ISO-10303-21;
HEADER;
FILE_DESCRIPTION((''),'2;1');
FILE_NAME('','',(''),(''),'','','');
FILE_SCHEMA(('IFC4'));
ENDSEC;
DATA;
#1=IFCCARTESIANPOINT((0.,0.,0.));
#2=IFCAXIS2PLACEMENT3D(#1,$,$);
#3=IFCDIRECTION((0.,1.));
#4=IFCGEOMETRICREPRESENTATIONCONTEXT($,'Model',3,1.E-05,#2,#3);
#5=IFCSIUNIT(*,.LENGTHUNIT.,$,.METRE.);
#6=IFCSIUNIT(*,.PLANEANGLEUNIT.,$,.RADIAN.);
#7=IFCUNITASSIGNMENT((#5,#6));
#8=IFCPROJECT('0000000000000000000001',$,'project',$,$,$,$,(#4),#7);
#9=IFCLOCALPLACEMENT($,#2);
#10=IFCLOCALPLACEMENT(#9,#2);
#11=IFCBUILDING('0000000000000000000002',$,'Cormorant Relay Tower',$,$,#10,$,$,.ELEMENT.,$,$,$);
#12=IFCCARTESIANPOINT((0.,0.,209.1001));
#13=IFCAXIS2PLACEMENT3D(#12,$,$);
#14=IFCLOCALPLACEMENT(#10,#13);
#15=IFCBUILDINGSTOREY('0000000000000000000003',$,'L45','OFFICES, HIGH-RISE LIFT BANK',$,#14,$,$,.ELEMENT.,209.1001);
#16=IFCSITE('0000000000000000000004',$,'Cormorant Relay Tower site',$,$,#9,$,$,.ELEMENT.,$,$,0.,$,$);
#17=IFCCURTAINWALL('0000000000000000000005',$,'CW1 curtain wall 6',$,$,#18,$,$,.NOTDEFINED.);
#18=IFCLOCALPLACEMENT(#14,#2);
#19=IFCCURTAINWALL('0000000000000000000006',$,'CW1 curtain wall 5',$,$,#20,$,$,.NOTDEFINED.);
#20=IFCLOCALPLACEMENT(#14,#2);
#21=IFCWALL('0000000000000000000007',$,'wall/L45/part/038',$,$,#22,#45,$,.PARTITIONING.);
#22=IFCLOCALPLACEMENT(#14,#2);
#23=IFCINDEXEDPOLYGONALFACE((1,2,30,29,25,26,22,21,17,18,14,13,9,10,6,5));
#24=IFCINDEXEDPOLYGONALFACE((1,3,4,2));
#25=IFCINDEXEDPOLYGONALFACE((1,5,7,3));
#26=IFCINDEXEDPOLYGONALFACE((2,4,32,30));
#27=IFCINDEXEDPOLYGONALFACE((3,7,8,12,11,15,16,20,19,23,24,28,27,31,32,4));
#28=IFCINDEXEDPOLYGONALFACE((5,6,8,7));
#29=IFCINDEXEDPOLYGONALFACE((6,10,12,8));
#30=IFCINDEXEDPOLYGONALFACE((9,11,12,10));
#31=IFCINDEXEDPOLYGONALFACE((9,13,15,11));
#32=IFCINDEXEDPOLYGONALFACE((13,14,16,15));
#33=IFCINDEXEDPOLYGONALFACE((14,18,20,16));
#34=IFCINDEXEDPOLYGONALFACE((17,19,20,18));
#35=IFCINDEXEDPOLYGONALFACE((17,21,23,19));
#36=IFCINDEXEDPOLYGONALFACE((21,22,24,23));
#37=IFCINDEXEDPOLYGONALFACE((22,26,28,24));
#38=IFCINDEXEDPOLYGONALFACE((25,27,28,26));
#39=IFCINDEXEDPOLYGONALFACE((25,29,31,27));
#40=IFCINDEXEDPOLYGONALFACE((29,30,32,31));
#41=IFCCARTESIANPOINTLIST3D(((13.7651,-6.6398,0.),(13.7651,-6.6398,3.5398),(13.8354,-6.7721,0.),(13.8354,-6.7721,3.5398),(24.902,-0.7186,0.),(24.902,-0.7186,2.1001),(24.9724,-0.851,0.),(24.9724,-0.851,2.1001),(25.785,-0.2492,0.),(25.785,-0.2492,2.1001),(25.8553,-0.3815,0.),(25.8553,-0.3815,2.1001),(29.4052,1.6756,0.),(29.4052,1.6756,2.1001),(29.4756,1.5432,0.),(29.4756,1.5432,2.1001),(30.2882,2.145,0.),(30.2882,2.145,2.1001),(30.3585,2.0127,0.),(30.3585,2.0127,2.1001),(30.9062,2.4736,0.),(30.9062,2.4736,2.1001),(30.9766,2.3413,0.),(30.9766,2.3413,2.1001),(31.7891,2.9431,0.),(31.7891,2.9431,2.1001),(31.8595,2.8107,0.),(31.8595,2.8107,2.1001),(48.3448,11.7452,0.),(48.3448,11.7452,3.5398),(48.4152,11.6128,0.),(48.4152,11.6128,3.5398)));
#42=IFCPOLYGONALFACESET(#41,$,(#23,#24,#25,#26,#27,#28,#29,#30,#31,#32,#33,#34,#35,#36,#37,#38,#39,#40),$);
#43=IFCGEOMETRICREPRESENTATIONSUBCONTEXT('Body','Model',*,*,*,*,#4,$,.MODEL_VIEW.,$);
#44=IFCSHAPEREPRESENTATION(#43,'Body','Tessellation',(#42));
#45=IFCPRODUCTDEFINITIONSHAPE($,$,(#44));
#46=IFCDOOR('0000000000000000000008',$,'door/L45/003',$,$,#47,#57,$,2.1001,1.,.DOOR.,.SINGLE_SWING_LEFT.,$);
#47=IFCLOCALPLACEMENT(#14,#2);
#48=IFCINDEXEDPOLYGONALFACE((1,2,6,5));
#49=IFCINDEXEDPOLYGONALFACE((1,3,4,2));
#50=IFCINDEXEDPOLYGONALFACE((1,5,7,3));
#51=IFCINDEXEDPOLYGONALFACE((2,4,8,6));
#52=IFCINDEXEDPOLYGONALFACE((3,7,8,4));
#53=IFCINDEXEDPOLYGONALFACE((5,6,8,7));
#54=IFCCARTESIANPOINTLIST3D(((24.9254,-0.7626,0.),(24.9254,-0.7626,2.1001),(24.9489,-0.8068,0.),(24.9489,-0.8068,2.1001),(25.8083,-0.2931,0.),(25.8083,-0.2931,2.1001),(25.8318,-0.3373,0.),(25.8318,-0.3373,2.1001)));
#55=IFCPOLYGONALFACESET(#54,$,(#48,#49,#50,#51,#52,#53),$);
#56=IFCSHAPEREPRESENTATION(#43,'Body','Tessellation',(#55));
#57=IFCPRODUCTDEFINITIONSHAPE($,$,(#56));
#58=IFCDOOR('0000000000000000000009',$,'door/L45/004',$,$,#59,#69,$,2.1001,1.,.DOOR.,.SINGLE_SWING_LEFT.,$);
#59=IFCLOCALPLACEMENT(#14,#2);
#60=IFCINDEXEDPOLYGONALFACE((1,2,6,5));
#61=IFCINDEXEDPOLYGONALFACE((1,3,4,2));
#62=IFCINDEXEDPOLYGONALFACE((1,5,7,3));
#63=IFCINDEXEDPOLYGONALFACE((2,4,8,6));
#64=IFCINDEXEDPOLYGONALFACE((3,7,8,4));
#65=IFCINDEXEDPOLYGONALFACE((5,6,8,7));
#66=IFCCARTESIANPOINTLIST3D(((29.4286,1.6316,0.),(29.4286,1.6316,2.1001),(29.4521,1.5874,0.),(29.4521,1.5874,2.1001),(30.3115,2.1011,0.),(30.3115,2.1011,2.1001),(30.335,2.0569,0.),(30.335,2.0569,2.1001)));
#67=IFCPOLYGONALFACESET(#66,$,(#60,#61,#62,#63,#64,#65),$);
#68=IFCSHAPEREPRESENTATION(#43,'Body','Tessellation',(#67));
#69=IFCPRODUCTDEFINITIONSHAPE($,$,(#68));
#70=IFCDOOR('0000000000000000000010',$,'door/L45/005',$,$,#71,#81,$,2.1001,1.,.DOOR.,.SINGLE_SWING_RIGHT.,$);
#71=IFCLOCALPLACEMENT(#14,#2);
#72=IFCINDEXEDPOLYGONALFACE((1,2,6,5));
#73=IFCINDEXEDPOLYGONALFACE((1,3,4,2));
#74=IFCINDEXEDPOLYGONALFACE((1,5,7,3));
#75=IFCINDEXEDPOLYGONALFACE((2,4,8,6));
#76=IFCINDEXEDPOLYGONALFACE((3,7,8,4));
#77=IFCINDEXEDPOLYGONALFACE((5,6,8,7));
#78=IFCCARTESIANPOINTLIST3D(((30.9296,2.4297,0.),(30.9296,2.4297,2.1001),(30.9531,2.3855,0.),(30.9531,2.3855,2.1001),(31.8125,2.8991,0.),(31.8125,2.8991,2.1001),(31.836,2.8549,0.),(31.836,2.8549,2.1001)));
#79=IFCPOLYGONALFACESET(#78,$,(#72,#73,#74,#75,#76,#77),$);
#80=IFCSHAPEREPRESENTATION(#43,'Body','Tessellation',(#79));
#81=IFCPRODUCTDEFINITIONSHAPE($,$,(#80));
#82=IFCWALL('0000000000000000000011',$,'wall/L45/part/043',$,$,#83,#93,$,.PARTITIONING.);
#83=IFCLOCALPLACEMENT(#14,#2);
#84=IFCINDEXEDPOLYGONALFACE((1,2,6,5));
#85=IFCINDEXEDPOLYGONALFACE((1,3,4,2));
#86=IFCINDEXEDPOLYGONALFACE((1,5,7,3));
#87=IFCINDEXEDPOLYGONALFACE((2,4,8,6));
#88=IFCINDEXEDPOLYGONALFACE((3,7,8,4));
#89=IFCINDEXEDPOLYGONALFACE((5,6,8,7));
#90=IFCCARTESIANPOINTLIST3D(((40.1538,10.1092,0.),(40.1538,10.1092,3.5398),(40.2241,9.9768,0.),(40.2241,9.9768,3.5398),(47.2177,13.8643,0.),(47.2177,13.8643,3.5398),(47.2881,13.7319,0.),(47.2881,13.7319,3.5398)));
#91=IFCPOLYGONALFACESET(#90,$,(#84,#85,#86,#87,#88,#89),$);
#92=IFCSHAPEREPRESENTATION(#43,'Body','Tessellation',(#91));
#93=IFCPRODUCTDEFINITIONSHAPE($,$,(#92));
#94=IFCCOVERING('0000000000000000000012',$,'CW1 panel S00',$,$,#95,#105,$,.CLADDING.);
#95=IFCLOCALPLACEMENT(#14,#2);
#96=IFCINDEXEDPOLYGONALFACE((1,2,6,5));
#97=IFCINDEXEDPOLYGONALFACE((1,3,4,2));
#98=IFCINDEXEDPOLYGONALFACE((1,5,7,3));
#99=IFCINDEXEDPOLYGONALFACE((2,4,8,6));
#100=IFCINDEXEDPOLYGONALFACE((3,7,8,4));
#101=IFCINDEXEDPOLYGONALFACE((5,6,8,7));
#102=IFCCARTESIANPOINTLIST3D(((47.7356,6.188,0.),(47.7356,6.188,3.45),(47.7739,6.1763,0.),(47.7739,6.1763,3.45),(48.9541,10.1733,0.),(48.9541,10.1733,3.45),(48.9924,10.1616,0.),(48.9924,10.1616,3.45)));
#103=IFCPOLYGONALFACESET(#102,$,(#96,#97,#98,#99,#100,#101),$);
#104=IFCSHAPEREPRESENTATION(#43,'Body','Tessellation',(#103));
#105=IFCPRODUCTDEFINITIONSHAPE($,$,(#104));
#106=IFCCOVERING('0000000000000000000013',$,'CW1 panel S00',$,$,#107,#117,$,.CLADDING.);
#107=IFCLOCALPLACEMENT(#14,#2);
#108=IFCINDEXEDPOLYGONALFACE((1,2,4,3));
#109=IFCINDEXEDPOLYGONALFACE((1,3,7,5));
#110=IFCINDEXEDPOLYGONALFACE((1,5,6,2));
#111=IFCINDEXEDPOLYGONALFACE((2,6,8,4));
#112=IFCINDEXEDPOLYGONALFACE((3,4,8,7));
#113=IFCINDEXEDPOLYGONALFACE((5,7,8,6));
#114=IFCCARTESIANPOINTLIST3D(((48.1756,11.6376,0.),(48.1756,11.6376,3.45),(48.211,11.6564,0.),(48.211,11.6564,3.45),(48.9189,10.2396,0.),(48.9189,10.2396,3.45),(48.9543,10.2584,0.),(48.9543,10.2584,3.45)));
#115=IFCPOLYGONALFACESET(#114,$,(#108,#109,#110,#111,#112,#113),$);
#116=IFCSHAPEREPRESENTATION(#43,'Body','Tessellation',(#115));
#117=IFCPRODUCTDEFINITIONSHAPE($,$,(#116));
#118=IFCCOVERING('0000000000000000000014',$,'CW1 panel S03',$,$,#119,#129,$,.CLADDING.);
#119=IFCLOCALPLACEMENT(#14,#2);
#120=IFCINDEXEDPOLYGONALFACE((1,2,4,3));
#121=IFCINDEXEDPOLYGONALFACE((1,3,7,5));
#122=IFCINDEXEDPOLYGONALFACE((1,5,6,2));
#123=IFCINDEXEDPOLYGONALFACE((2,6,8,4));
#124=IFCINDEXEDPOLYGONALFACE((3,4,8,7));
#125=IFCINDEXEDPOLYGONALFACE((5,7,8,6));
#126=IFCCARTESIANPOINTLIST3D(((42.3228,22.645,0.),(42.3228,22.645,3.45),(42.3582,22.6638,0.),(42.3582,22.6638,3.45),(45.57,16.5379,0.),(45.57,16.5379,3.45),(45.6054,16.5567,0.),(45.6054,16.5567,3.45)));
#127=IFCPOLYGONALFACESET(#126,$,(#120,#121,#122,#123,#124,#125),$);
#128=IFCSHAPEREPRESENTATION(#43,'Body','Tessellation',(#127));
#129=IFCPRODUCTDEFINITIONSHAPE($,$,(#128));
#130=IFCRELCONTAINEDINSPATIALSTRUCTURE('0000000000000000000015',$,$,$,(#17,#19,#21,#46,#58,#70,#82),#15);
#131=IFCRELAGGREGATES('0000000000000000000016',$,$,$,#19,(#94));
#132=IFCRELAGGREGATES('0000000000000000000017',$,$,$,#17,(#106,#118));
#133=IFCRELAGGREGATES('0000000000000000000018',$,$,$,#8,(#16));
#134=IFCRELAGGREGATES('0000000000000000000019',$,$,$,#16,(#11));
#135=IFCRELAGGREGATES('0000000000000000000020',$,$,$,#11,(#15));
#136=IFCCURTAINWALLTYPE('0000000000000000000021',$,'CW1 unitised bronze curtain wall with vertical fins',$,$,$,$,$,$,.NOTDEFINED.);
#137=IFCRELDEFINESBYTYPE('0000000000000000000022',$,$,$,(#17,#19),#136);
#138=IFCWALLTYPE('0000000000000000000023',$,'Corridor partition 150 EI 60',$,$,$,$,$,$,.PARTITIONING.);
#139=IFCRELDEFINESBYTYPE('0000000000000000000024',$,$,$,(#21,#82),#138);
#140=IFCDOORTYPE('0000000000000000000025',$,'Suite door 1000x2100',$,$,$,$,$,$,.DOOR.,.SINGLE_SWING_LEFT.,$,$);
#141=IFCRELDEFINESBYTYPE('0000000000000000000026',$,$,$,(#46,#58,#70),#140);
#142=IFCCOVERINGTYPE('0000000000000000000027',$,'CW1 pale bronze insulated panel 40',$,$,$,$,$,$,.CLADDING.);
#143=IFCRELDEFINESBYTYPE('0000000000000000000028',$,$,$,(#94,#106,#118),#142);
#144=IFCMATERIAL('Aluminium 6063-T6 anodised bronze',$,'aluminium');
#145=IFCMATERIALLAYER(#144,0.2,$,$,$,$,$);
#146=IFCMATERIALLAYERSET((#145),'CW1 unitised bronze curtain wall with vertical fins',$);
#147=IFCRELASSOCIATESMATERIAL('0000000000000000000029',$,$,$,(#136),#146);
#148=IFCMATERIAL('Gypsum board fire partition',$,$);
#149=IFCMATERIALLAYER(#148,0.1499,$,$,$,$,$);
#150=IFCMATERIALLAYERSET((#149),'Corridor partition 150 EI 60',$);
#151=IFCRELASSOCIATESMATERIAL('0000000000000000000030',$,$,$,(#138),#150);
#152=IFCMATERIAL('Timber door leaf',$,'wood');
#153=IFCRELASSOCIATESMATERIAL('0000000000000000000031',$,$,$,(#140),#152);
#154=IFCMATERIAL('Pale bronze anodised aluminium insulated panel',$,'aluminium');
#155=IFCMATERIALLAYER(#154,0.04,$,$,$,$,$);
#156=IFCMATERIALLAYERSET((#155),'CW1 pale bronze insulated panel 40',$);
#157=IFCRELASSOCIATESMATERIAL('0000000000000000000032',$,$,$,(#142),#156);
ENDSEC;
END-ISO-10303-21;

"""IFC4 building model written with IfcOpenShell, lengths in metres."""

from ifc_helpers import new_model, si_unit, direction, frame, frame_2d, origin, origin_2d, place, context, subcontext, project, spatial, rectangle, extrude, material, layer, layer_set, type_object, element, fill, aggregate, save


model = new_model("IFC4")

# Units and contexts
model_context = context("Model", 3, precision=1e-05, world=origin(), true_north=direction((0.0, 1.0)))
body_context = subcontext(model_context, "Body", "Model", "MODEL_VIEW")
ifc_project = project(units=[si_unit("LENGTHUNIT", "METRE"), si_unit("PLANEANGLEUNIT", "RADIAN")], contexts=[model_context])

# Site, building, storey
site_placement = place(None, origin())
site = spatial("IfcSite", under=ifc_project, at=site_placement, Name="Cormorant Relay Tower site", CompositionType="ELEMENT", RefElevation=0.0)
building_placement = place(site_placement, origin())
building = spatial("IfcBuilding", under=site, at=building_placement, Name="Cormorant Relay Tower", CompositionType="ELEMENT")
storey_placement = place(building_placement, frame((0.0, 0.0, 209.1001)))
storey = spatial("IfcBuildingStorey", under=building, at=storey_placement, Name="L45", Description="OFFICES, HIGH-RISE LIFT BANK", CompositionType="ELEMENT", Elevation=209.1001)

# Curtain wall
ifc_material_1 = material(Name="Aluminium 6063-T6 anodised bronze", Category="aluminium")
ifc_layer_1 = layer(ifc_material_1, 0.2)
ifc_layer_set_1 = layer_set([ifc_layer_1], Name="CW1 unitised bronze curtain wall with vertical fins")
curtain_wall_type = type_object("IfcCurtainWallType", Name="CW1 unitised bronze curtain wall with vertical fins", PredefinedType="NOTDEFINED", material=ifc_layer_set_1)
curtain_wall_1_placement = place(storey_placement, origin())
curtain_wall_1 = element("IfcCurtainWall", 1, at=curtain_wall_1_placement, inside=storey, type_object=curtain_wall_type, Name="CW1 curtain wall 6", PredefinedType="NOTDEFINED")

# Curtain wall
curtain_wall_2_placement = place(storey_placement, origin())
curtain_wall_2 = element("IfcCurtainWall", 2, at=curtain_wall_2_placement, inside=storey, type_object=curtain_wall_type, Name="CW1 curtain wall 5", PredefinedType="NOTDEFINED")

# Wall, openings, doors
ifc_material_2 = material(Name="Gypsum board fire partition")
ifc_layer_2 = layer(ifc_material_2, 0.1499)
ifc_layer_set_2 = layer_set([ifc_layer_2], Name="Corridor partition 150 EI 60")
wall_type_1 = type_object("IfcWallType", Name="Corridor partition 150 EI 60", PredefinedType="PARTITIONING", material=ifc_layer_set_2)
wall_1_placement = place(storey_placement, frame((48.3799, 11.679, 0.0), z_axis=(0.0, 0.0, 1.0), x_axis=(-0.882963, -0.469443, 0.0)))
wall_1 = element("IfcWall", 3, at=wall_1_placement, inside=storey, type_object=wall_type_1, Name="wall/L45/part/038", PredefinedType="PARTITIONING", context=body_context, shape_type="SweptSolid", body=[
    extrude(rectangle(XDim=39.1633, YDim=0.1499, at=frame_2d((19.5815, 0.0))), origin(), (0.0, 0.0, 1.0), 3.5398),
])
opening_1_placement = place(wall_1_placement, frame((25.55, 0.0, 0.0)))
opening_1 = element("IfcOpeningElement", 4, at=opening_1_placement, cuts=wall_1, PredefinedType="OPENING", context=body_context, shape_type="SweptSolid", body=[
    extrude(rectangle(XDim=1.0, YDim=2.1001, at=frame_2d((0.5, 1.05))), frame((0.0, 0.085, 0.0), z_axis=(0.0, -1.0, 0.0), x_axis=(1.0, 0.0, 0.0)), (0.0, 0.0, 1.0), 0.1699),
])
opening_2_placement = place(wall_1_placement, frame((20.45, 0.0, 0.0)))
opening_2 = element("IfcOpeningElement", 5, at=opening_2_placement, cuts=wall_1, PredefinedType="OPENING", context=body_context, shape_type="SweptSolid", body=[
    extrude(rectangle(XDim=1.0, YDim=2.1001, at=frame_2d((0.5, 1.05))), frame((0.0, 0.085, 0.0), z_axis=(0.0, -1.0, 0.0), x_axis=(1.0, 0.0, 0.0)), (0.0, 0.0, 1.0), 0.1699),
])
opening_3_placement = place(wall_1_placement, frame((18.75, 0.0, 0.0)))
opening_3 = element("IfcOpeningElement", 6, at=opening_3_placement, cuts=wall_1, PredefinedType="OPENING", context=body_context, shape_type="SweptSolid", body=[
    extrude(rectangle(XDim=1.0, YDim=2.1001, at=frame_2d((0.5, 1.05))), frame((0.0, 0.085, 0.0), z_axis=(0.0, -1.0, 0.0), x_axis=(1.0, 0.0, 0.0)), (0.0, 0.0, 1.0), 0.1699),
])
ifc_material_3 = material(Name="Timber door leaf", Category="wood")
door_type_1 = type_object("IfcDoorType", Name="Suite door 1000x2100", OperationType="SINGLE_SWING_LEFT", PredefinedType="DOOR", material=ifc_material_3)
door_1_placement = place(opening_1_placement, origin())
door_1 = element("IfcDoor", 7, at=door_1_placement, inside=storey, type_object=door_type_1, Name="door/L45/003", OperationType="SINGLE_SWING_LEFT", OverallHeight=2.1001, OverallWidth=1.0, PredefinedType="DOOR", context=body_context, shape_type="SweptSolid", body=[
    extrude(rectangle(XDim=1.0, YDim=2.1001, at=frame_2d((0.5, 1.05))), frame((0.0, 0.0249, 0.0), z_axis=(0.0, -1.0, 0.0), x_axis=(1.0, 0.0, 0.0)), (0.0, 0.0, 1.0), 0.05),
])
fill(opening_1, door_1)
door_2_placement = place(opening_2_placement, origin())
door_2 = element("IfcDoor", 8, at=door_2_placement, inside=storey, type_object=door_type_1, Name="door/L45/004", OperationType="SINGLE_SWING_LEFT", OverallHeight=2.1001, OverallWidth=1.0, PredefinedType="DOOR", context=body_context, shape_type="SweptSolid", body=[
    extrude(rectangle(XDim=1.0, YDim=2.1001, at=frame_2d((0.5, 1.05))), frame((0.0, 0.0249, 0.0), z_axis=(0.0, -1.0, 0.0), x_axis=(1.0, 0.0, 0.0)), (0.0, 0.0, 1.0), 0.05),
])
fill(opening_2, door_2)
door_3_placement = place(opening_3_placement, origin())
door_3 = element("IfcDoor", 9, at=door_3_placement, inside=storey, type_object=door_type_1, Name="door/L45/005", OperationType="SINGLE_SWING_RIGHT", OverallHeight=2.1001, OverallWidth=1.0, PredefinedType="DOOR", context=body_context, shape_type="SweptSolid", body=[
    extrude(rectangle(XDim=1.0, YDim=2.1001, at=frame_2d((0.5, 1.05))), frame((0.0, 0.0249, 0.0), z_axis=(0.0, -1.0, 0.0), x_axis=(1.0, 0.0, 0.0)), (0.0, 0.0, 1.0), 0.05),
])
fill(opening_3, door_3)

# Wall
wall_2_placement = place(storey_placement, frame((40.189, 10.043, 0.0), z_axis=(0.0, 0.0, 1.0), x_axis=(0.882992, 0.469389, 0.0)))
element("IfcWall", 10, at=wall_2_placement, inside=storey, type_object=wall_type_1, Name="wall/L45/part/043", PredefinedType="PARTITIONING", context=body_context, shape_type="SweptSolid", body=[
    extrude(rectangle(XDim=8.0, YDim=0.1499, at=frame_2d((4.0, 0.0))), origin(), (0.0, 0.0, 1.0), 3.5398),
])

# Coverings
ifc_material_4 = material(Name="Pale bronze anodised aluminium insulated panel", Category="aluminium")
ifc_layer_3 = layer(ifc_material_4, 0.04)
ifc_layer_set_3 = layer_set([ifc_layer_3], Name="CW1 pale bronze insulated panel 40")
covering_type = type_object("IfcCoveringType", Name="CW1 pale bronze insulated panel 40", PredefinedType="CLADDING", material=ifc_layer_set_3)
covering_1_placement = place(storey_placement, frame((48.364, 8.1748, 0.0), z_axis=(0.0, 0.0, 1.0), x_axis=(0.292372, 0.956305, 0.0)))
covering_1 = element("IfcCovering", 11, at=covering_1_placement, type_object=covering_type, Name="CW1 panel S00", PredefinedType="CLADDING", context=body_context, shape_type="SweptSolid", body=[
    extrude(rectangle(XDim=4.1675, YDim=0.04, at=origin_2d()), origin(), (0.0, 0.0, 1.0), 3.45),
])
aggregate(curtain_wall_2, [covering_1])
covering_2_placement = place(storey_placement, frame((48.5649, 10.948, 0.0), z_axis=(0.0, 0.0, 1.0), x_axis=(-0.469472, 0.882948, 0.0)))
covering_2 = element("IfcCovering", 12, at=covering_2_placement, type_object=covering_type, Name="CW1 panel S00", PredefinedType="CLADDING", context=body_context, shape_type="SweptSolid", body=[
    extrude(rectangle(XDim=1.5833, YDim=0.04, at=origin_2d()), origin(), (0.0, 0.0, 1.0), 3.45),
])
covering_3_placement = place(storey_placement, frame((43.9641, 19.6008, 0.0), z_axis=(0.0, 0.0, 1.0), x_axis=(-0.469472, 0.882948, 0.0)))
covering_3 = element("IfcCovering", 13, at=covering_3_placement, type_object=covering_type, Name="CW1 panel S03", PredefinedType="CLADDING", context=body_context, shape_type="SweptSolid", body=[
    extrude(rectangle(XDim=6.9167, YDim=0.04, at=origin_2d()), origin(), (0.0, 0.0, 1.0), 3.45),
])
aggregate(curtain_wall_1, [covering_2, covering_3])

save(model, "model.ifc")
